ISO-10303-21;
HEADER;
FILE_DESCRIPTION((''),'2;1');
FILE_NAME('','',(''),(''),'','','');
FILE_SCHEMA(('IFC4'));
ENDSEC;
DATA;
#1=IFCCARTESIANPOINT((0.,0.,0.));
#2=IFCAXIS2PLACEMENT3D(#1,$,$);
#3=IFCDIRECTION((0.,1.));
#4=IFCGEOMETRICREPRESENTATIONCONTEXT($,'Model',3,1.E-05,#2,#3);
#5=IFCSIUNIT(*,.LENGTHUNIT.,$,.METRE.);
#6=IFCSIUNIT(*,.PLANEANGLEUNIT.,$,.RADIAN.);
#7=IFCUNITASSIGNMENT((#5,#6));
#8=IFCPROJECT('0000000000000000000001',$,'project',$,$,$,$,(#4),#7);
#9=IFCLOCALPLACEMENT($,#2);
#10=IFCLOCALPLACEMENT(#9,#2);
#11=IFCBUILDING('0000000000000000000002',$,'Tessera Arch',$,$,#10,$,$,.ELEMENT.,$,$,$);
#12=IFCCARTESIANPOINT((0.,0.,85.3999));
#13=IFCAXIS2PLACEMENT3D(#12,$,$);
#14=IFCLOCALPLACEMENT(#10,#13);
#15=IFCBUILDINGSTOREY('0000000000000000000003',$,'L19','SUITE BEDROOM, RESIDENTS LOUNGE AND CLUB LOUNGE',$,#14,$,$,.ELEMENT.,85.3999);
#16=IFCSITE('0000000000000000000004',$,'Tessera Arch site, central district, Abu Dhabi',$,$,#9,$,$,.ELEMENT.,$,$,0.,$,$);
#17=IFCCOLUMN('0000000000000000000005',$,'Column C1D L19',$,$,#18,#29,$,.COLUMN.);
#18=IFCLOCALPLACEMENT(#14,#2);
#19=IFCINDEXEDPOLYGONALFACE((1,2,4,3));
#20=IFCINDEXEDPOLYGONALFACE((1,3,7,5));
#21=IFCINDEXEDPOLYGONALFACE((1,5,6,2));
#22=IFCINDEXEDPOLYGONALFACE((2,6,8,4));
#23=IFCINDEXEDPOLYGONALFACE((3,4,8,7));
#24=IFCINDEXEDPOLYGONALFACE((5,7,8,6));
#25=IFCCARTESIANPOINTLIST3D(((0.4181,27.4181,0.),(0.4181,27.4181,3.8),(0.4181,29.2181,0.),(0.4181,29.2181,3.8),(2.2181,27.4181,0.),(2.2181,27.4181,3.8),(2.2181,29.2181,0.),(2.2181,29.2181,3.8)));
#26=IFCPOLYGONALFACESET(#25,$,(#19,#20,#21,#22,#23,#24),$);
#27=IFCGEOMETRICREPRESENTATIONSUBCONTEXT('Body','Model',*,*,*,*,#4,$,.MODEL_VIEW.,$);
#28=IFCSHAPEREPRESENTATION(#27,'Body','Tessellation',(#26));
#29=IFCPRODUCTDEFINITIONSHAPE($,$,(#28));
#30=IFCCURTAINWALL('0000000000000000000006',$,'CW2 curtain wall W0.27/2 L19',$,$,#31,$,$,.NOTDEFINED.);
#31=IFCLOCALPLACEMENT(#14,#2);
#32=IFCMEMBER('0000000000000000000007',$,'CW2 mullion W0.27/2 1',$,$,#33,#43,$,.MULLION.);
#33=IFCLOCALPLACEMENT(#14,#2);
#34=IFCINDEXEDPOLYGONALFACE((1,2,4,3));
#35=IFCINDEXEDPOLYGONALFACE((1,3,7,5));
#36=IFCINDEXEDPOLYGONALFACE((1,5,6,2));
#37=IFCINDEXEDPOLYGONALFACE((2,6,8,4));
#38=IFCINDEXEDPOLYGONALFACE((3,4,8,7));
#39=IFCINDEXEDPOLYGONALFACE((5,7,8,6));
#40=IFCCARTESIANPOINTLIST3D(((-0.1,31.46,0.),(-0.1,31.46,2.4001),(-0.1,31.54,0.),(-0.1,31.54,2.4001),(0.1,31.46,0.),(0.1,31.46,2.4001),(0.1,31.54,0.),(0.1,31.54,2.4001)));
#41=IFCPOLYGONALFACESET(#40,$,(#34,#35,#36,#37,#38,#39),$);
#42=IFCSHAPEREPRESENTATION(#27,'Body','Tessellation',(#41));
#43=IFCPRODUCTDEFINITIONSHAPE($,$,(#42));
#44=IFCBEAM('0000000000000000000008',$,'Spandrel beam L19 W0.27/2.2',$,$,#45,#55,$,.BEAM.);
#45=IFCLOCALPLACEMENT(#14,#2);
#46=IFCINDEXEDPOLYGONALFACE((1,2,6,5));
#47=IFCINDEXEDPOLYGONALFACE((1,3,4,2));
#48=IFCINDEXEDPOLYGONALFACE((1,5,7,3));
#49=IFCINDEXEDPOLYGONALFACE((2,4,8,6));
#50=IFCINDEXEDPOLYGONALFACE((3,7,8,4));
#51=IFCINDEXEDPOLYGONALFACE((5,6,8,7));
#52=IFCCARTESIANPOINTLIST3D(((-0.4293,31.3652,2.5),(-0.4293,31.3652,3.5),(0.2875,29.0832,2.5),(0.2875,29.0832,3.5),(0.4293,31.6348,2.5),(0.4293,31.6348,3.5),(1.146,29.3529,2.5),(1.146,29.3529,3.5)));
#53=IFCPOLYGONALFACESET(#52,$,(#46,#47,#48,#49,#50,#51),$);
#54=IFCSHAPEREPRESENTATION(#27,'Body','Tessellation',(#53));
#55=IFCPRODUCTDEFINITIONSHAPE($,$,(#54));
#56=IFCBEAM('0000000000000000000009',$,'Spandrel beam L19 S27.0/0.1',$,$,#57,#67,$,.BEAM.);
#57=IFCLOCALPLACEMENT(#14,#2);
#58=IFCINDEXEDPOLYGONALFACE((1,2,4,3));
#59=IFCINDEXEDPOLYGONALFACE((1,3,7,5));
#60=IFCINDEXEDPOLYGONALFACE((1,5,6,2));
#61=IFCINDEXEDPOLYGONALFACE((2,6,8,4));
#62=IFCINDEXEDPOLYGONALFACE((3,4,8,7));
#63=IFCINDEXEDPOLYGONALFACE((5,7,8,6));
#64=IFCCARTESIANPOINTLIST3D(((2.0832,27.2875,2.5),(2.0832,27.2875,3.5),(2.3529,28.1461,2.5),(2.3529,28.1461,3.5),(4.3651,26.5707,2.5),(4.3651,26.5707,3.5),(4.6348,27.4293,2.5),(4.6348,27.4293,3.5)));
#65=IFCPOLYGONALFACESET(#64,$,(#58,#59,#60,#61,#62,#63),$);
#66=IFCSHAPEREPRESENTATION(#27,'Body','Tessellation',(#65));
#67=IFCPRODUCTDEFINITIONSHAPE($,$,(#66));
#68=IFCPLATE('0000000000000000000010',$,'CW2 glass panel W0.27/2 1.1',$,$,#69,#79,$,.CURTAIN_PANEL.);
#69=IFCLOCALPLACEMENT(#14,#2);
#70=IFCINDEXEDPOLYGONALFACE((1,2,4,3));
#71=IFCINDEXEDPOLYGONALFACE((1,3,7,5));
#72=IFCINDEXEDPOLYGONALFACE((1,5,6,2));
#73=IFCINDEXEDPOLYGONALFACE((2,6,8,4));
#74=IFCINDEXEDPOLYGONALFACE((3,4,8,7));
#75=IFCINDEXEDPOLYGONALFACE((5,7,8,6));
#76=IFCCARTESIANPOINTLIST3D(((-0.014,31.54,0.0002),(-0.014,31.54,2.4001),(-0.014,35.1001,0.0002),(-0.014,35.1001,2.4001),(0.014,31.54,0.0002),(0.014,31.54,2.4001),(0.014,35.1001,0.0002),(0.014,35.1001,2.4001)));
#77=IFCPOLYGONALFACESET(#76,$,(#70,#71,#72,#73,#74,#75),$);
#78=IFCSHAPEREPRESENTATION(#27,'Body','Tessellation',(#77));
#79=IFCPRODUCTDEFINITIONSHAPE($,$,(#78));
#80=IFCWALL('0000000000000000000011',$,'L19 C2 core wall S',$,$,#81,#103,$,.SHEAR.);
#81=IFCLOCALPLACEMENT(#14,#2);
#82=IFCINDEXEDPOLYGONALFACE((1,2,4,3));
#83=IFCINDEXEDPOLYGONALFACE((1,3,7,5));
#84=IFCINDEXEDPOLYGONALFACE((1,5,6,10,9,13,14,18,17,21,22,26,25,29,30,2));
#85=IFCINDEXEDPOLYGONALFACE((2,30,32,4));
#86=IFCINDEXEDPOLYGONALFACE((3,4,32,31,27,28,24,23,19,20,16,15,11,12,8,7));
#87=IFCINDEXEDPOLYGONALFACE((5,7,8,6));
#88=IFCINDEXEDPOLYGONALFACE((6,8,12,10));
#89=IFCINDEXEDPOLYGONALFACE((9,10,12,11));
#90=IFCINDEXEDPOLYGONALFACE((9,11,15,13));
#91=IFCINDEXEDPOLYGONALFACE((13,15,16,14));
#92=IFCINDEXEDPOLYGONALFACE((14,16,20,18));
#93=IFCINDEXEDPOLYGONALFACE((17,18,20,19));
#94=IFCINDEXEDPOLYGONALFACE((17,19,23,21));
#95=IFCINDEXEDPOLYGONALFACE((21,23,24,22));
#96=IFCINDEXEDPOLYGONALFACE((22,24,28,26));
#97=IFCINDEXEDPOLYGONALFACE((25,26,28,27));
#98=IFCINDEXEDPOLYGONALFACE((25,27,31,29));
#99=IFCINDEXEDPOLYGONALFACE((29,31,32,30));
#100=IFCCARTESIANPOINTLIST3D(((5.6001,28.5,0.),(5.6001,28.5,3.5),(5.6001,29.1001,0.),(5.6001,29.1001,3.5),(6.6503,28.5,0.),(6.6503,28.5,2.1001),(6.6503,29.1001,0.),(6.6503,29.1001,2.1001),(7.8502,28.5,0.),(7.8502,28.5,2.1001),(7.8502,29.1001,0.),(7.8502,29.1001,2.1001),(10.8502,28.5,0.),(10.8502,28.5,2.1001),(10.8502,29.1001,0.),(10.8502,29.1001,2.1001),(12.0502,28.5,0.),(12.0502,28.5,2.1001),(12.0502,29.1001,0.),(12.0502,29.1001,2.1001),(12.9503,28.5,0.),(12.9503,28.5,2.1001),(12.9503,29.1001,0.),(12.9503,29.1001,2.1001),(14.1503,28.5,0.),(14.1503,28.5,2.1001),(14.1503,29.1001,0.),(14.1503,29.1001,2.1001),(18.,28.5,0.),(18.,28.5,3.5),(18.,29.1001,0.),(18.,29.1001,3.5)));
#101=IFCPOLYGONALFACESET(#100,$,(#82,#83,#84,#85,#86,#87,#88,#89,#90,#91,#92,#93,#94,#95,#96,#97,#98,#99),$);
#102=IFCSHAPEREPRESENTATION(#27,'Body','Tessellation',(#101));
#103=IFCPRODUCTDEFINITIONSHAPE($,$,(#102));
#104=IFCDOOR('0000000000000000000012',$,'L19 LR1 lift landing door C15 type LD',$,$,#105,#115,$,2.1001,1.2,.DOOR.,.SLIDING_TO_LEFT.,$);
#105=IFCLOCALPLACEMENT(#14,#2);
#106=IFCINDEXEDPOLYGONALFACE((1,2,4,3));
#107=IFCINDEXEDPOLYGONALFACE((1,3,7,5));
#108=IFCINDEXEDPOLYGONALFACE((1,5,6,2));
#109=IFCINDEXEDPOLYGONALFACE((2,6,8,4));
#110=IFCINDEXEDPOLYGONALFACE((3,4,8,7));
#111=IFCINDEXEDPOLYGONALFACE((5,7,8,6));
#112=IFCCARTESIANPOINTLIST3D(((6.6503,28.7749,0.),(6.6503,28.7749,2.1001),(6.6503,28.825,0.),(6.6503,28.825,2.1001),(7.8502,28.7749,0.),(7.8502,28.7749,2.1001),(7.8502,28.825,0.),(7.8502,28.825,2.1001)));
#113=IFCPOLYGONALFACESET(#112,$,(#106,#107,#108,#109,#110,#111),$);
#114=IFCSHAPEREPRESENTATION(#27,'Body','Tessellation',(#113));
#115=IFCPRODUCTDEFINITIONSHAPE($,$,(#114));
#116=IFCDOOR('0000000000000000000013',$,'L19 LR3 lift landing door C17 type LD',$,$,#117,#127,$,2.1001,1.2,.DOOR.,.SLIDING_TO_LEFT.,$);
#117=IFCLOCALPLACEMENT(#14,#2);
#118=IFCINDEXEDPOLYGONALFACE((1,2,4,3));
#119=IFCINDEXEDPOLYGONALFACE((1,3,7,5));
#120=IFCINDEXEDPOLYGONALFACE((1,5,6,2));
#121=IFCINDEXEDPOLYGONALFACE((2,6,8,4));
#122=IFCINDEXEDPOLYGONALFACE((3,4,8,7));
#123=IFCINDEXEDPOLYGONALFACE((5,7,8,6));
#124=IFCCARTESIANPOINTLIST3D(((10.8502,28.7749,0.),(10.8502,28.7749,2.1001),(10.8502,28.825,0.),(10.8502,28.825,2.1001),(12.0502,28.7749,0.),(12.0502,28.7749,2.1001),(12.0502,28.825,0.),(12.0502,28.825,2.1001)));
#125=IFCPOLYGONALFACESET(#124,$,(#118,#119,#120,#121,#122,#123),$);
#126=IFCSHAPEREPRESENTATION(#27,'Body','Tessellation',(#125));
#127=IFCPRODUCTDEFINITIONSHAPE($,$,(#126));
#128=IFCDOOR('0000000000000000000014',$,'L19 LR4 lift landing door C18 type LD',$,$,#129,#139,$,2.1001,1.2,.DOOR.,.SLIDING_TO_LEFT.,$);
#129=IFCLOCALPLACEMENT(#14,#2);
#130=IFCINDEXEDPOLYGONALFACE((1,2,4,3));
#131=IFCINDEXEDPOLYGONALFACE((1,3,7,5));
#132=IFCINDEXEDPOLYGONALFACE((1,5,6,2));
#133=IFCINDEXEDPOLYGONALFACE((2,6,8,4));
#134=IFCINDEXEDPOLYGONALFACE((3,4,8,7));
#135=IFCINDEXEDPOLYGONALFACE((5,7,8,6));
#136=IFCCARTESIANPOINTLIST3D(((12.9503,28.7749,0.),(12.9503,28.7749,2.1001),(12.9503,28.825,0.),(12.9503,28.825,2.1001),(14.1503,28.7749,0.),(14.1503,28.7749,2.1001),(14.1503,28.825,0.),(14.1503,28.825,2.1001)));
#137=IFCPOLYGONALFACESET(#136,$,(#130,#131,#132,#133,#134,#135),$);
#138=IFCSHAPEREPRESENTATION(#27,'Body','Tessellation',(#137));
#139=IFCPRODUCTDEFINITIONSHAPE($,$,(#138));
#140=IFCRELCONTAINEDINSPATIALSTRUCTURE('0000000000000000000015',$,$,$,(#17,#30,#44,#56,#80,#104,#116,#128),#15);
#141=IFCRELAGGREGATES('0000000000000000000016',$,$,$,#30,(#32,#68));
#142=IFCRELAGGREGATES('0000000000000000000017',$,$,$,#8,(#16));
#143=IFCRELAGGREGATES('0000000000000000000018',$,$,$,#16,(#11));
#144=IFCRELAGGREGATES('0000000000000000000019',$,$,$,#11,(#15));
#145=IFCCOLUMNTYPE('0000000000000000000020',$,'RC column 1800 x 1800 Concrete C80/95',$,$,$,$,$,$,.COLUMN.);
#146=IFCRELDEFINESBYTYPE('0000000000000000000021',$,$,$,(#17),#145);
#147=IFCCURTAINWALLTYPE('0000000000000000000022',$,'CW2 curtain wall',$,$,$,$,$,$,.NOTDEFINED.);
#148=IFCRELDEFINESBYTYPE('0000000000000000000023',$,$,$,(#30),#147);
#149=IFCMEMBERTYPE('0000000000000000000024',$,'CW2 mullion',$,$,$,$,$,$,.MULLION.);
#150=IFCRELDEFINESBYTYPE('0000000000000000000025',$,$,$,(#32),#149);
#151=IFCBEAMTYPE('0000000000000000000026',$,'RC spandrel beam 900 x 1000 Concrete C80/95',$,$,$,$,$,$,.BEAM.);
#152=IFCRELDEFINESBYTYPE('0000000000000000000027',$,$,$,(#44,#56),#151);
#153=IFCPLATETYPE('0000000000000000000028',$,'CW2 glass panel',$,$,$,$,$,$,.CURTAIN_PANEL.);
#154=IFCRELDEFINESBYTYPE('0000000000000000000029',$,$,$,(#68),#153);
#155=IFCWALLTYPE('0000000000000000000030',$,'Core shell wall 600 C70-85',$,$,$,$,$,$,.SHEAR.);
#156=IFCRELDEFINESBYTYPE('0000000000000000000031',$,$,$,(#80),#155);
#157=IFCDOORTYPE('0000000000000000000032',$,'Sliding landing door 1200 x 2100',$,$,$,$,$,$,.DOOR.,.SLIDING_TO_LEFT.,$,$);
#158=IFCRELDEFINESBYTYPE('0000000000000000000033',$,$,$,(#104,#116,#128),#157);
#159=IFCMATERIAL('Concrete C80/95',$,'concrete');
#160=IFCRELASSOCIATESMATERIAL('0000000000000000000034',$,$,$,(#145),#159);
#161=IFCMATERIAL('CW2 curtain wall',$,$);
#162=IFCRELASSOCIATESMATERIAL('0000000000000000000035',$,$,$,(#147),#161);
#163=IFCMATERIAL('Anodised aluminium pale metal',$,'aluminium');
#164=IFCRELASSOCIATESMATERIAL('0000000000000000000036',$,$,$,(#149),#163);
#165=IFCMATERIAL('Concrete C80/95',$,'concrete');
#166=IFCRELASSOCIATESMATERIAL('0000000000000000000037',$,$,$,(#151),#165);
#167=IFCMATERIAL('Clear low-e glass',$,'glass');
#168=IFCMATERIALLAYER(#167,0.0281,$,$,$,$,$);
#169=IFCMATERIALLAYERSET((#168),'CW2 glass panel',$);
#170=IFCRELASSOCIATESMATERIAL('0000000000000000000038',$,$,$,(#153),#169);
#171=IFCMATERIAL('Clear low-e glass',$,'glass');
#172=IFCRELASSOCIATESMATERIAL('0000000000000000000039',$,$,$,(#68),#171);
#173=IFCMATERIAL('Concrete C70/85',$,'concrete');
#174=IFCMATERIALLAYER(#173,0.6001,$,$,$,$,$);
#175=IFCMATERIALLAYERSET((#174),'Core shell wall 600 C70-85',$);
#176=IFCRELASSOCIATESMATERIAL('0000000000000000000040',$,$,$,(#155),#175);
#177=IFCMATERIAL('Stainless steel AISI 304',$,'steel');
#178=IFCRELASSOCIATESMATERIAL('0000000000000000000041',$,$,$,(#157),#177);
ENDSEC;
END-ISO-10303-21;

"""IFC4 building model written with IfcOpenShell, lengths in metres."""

from ifc_helpers import new_model, si_unit, direction, frame, frame_2d, origin, origin_2d, place, context, subcontext, project, spatial, rectangle, extrude, material, layer, layer_set, material_profile, profile_set, type_object, element, fill, aggregate, save


model = new_model("IFC4")

# Units and contexts
model_context = context("Model", 3, precision=1e-05, world=origin(), true_north=direction((0.0, 1.0)))
body_context = subcontext(model_context, "Body", "Model", "MODEL_VIEW")
ifc_project = project(units=[si_unit("LENGTHUNIT", "METRE"), si_unit("PLANEANGLEUNIT", "RADIAN")], contexts=[model_context])

# Site, building, storey
site_placement = place(None, origin())
site = spatial("IfcSite", under=ifc_project, at=site_placement, Name="Tessera Arch site, central district, Abu Dhabi", CompositionType="ELEMENT", RefElevation=0.0)
building_placement = place(site_placement, origin())
building = spatial("IfcBuilding", under=site, at=building_placement, Name="Tessera Arch", CompositionType="ELEMENT")
storey_placement = place(building_placement, frame((0.0, 0.0, 85.3999)))
storey = spatial("IfcBuildingStorey", under=building, at=storey_placement, Name="L19", Description="SUITE BEDROOM, RESIDENTS LOUNGE AND CLUB LOUNGE", CompositionType="ELEMENT", Elevation=85.3999)

# Column
ifc_material_1 = material(Name="Concrete C80/95", Category="concrete")
ifc_material_profile_1 = material_profile(ifc_material_1, rectangle(XDim=1.8, YDim=1.8, at=origin_2d()), Name="RC column 1800 x 1800 Concrete C80/95")
ifc_profile_set_1 = profile_set([ifc_material_profile_1], Name="Concrete C80/95")
column_type = type_object("IfcColumnType", Name="RC column 1800 x 1800 Concrete C80/95", PredefinedType="COLUMN", material=ifc_profile_set_1)
column_placement = place(storey_placement, frame((1.3181, 28.3181, 0.0), z_axis=(0.0, 0.0, 1.0), x_axis=(1.0, 0.0, 0.0)))
element("IfcColumn", 1, at=column_placement, inside=storey, type_object=column_type, Name="Column C1D L19", PredefinedType="COLUMN", context=body_context, shape_type="SweptSolid", body=[
    extrude(rectangle(XDim=1.8, YDim=1.8, at=origin_2d()), origin(), (0.0, 0.0, 1.0), 3.8),
])

# Curtain wall, member
ifc_material_2 = material(Name="CW2 curtain wall")
curtain_wall_type = type_object("IfcCurtainWallType", Name="CW2 curtain wall", PredefinedType="NOTDEFINED", material=ifc_material_2)
curtain_wall_placement = place(storey_placement, origin())
curtain_wall = element("IfcCurtainWall", 2, at=curtain_wall_placement, inside=storey, type_object=curtain_wall_type, Name="CW2 curtain wall W0.27/2 L19", PredefinedType="NOTDEFINED")
ifc_material_3 = material(Name="Anodised aluminium pale metal", Category="aluminium")
ifc_material_profile_2 = material_profile(ifc_material_3, rectangle(XDim=0.2, YDim=0.0801, at=origin_2d()), Name="AL 80x200")
ifc_profile_set_2 = profile_set([ifc_material_profile_2], Name="Anodised aluminium pale metal")
member_type = type_object("IfcMemberType", Name="CW2 mullion", PredefinedType="MULLION", material=ifc_profile_set_2)
member_placement = place(storey_placement, frame((0.0, 31.5, 0.0), z_axis=(0.0, 0.0, 1.0), x_axis=(1.0, 0.0, 0.0)))
member = element("IfcMember", 3, at=member_placement, type_object=member_type, Name="CW2 mullion W0.27/2 1", PredefinedType="MULLION", context=body_context, shape_type="SweptSolid", body=[
    extrude(rectangle(XDim=0.2, YDim=0.0801, at=origin_2d()), origin(), (0.0, 0.0, 1.0), 2.4001),
])

# Beams
ifc_material_4 = material(Name="Concrete C80/95", Category="concrete")
ifc_material_profile_3 = material_profile(ifc_material_4, rectangle(XDim=0.8999, YDim=1.0, at=origin_2d()), Name="RC spandrel beam 900 x 1000 Concrete C80/95")
ifc_profile_set_3 = profile_set([ifc_material_profile_3], Name="Concrete C80/95")
beam_type = type_object("IfcBeamType", Name="RC spandrel beam 900 x 1000 Concrete C80/95", PredefinedType="BEAM", material=ifc_profile_set_3)
for number, where, z_axis, x_axis, name in (
    (4, (0.0, 31.5, 3.0), (0.299675, -0.954041, 0.0), (0.954041, 0.299675, 0.0), "Spandrel beam L19 W0.27/2.2"),
    (5, (2.218, 27.7168, 3.0), (0.954041, -0.299675, 0.0), (0.299675, 0.954041, 0.0), "Spandrel beam L19 S27.0/0.1"),
):
    element("IfcBeam", number, at=place(storey_placement, frame(where, z_axis=z_axis, x_axis=x_axis)), inside=storey, type_object=beam_type, Name=name, PredefinedType="BEAM", context=body_context, shape_type="SweptSolid", body=[
        extrude(rectangle(XDim=0.8999, YDim=1.0, at=origin_2d()), origin(), (0.0, 0.0, 1.0), 2.3918),
    ])

# Plate
ifc_material_5 = material(Name="Clear low-e glass", Category="glass")
ifc_material_6 = material(Name="Clear low-e glass", Category="glass")
ifc_layer_1 = layer(ifc_material_6, 0.0281)
ifc_layer_set_1 = layer_set([ifc_layer_1], Name="CW2 glass panel")
plate_type = type_object("IfcPlateType", Name="CW2 glass panel", PredefinedType="CURTAIN_PANEL", material=ifc_layer_set_1)
plate_placement = place(storey_placement, frame((0.0, 33.3201, 0.0002), z_axis=(0.0, 0.0, 1.0), x_axis=(0.0, -1.0, 0.0)))
plate = element("IfcPlate", 6, at=plate_placement, type_object=plate_type, material=ifc_material_5, Name="CW2 glass panel W0.27/2 1.1", PredefinedType="CURTAIN_PANEL", context=body_context, shape_type="SweptSolid", body=[
    extrude(rectangle(XDim=3.5601, YDim=0.0281, at=origin_2d()), origin(), (0.0, 0.0, 1.0), 2.3999),
])
aggregate(curtain_wall, [member, plate])

# Wall, openings, doors
ifc_material_7 = material(Name="Concrete C70/85", Category="concrete")
ifc_layer_2 = layer(ifc_material_7, 0.6001)
ifc_layer_set_2 = layer_set([ifc_layer_2], Name="Core shell wall 600 C70-85")
wall_type_1 = type_object("IfcWallType", Name="Core shell wall 600 C70-85", PredefinedType="SHEAR", material=ifc_layer_set_2)
wall_1_placement = place(storey_placement, frame((5.6001, 28.8, 0.0), z_axis=(0.0, 0.0, 1.0), x_axis=(1.0, 0.0, 0.0)))
wall_1 = element("IfcWall", 7, at=wall_1_placement, inside=storey, type_object=wall_type_1, Name="L19 C2 core wall S", PredefinedType="SHEAR", context=body_context, shape_type="SweptSolid", body=[
    extrude(rectangle(XDim=12.3999, YDim=0.6001, at=frame_2d((6.2, 0.0))), origin(), (0.0, 0.0, 1.0), 3.5),
])
opening_1_placement = place(wall_1_placement, frame((1.05, 0.0, 0.0)))
opening_1 = element("IfcOpeningElement", 8, at=opening_1_placement, cuts=wall_1, PredefinedType="OPENING", context=body_context, shape_type="SweptSolid", body=[
    extrude(rectangle(XDim=1.2, YDim=2.1001, at=frame_2d((0.6001, 1.05))), frame((0.0, 0.3101, 0.0), z_axis=(0.0, -1.0, 0.0), x_axis=(1.0, 0.0, 0.0)), (0.0, 0.0, 1.0), 0.6201),
])
opening_2_placement = place(wall_1_placement, frame((5.25, 0.0, 0.0)))
opening_2 = element("IfcOpeningElement", 9, at=opening_2_placement, cuts=wall_1, PredefinedType="OPENING", context=body_context, shape_type="SweptSolid", body=[
    extrude(rectangle(XDim=1.2, YDim=2.1001, at=frame_2d((0.6001, 1.05))), frame((0.0, 0.3101, 0.0), z_axis=(0.0, -1.0, 0.0), x_axis=(1.0, 0.0, 0.0)), (0.0, 0.0, 1.0), 0.6201),
])
opening_3_placement = place(wall_1_placement, frame((7.3501, 0.0, 0.0)))
opening_3 = element("IfcOpeningElement", 10, at=opening_3_placement, cuts=wall_1, PredefinedType="OPENING", context=body_context, shape_type="SweptSolid", body=[
    extrude(rectangle(XDim=1.2, YDim=2.1001, at=frame_2d((0.6001, 1.05))), frame((0.0, 0.3101, 0.0), z_axis=(0.0, -1.0, 0.0), x_axis=(1.0, 0.0, 0.0)), (0.0, 0.0, 1.0), 0.6201),
])
ifc_material_8 = material(Name="Stainless steel AISI 304", Category="steel")
door_type_1 = type_object("IfcDoorType", Name="Sliding landing door 1200 x 2100", OperationType="SLIDING_TO_LEFT", PredefinedType="DOOR", material=ifc_material_8)
door_1_placement = place(opening_1_placement, origin())
door_1 = element("IfcDoor", 11, at=door_1_placement, inside=storey, type_object=door_type_1, Name="L19 LR1 lift landing door C15 type LD", OperationType="SLIDING_TO_LEFT", OverallHeight=2.1001, OverallWidth=1.2, PredefinedType="DOOR", context=body_context, shape_type="SweptSolid", body=[
    extrude(rectangle(XDim=1.2, YDim=2.1001, at=frame_2d((0.6001, 1.05))), frame((0.0, 0.0249, 0.0), z_axis=(0.0, -1.0, 0.0), x_axis=(1.0, 0.0, 0.0)), (0.0, 0.0, 1.0), 0.05),
])
fill(opening_1, door_1)
door_2_placement = place(opening_2_placement, origin())
door_2 = element("IfcDoor", 12, at=door_2_placement, inside=storey, type_object=door_type_1, Name="L19 LR3 lift landing door C17 type LD", OperationType="SLIDING_TO_LEFT", OverallHeight=2.1001, OverallWidth=1.2, PredefinedType="DOOR", context=body_context, shape_type="SweptSolid", body=[
    extrude(rectangle(XDim=1.2, YDim=2.1001, at=frame_2d((0.6001, 1.05))), frame((0.0, 0.0249, 0.0), z_axis=(0.0, -1.0, 0.0), x_axis=(1.0, 0.0, 0.0)), (0.0, 0.0, 1.0), 0.05),
])
fill(opening_2, door_2)
door_3_placement = place(opening_3_placement, origin())
door_3 = element("IfcDoor", 13, at=door_3_placement, inside=storey, type_object=door_type_1, Name="L19 LR4 lift landing door C18 type LD", OperationType="SLIDING_TO_LEFT", OverallHeight=2.1001, OverallWidth=1.2, PredefinedType="DOOR", context=body_context, shape_type="SweptSolid", body=[
    extrude(rectangle(XDim=1.2, YDim=2.1001, at=frame_2d((0.6001, 1.05))), frame((0.0, 0.0249, 0.0), z_axis=(0.0, -1.0, 0.0), x_axis=(1.0, 0.0, 0.0)), (0.0, 0.0, 1.0), 0.05),
])
fill(opening_3, door_3)

save(model, "model.ifc")
